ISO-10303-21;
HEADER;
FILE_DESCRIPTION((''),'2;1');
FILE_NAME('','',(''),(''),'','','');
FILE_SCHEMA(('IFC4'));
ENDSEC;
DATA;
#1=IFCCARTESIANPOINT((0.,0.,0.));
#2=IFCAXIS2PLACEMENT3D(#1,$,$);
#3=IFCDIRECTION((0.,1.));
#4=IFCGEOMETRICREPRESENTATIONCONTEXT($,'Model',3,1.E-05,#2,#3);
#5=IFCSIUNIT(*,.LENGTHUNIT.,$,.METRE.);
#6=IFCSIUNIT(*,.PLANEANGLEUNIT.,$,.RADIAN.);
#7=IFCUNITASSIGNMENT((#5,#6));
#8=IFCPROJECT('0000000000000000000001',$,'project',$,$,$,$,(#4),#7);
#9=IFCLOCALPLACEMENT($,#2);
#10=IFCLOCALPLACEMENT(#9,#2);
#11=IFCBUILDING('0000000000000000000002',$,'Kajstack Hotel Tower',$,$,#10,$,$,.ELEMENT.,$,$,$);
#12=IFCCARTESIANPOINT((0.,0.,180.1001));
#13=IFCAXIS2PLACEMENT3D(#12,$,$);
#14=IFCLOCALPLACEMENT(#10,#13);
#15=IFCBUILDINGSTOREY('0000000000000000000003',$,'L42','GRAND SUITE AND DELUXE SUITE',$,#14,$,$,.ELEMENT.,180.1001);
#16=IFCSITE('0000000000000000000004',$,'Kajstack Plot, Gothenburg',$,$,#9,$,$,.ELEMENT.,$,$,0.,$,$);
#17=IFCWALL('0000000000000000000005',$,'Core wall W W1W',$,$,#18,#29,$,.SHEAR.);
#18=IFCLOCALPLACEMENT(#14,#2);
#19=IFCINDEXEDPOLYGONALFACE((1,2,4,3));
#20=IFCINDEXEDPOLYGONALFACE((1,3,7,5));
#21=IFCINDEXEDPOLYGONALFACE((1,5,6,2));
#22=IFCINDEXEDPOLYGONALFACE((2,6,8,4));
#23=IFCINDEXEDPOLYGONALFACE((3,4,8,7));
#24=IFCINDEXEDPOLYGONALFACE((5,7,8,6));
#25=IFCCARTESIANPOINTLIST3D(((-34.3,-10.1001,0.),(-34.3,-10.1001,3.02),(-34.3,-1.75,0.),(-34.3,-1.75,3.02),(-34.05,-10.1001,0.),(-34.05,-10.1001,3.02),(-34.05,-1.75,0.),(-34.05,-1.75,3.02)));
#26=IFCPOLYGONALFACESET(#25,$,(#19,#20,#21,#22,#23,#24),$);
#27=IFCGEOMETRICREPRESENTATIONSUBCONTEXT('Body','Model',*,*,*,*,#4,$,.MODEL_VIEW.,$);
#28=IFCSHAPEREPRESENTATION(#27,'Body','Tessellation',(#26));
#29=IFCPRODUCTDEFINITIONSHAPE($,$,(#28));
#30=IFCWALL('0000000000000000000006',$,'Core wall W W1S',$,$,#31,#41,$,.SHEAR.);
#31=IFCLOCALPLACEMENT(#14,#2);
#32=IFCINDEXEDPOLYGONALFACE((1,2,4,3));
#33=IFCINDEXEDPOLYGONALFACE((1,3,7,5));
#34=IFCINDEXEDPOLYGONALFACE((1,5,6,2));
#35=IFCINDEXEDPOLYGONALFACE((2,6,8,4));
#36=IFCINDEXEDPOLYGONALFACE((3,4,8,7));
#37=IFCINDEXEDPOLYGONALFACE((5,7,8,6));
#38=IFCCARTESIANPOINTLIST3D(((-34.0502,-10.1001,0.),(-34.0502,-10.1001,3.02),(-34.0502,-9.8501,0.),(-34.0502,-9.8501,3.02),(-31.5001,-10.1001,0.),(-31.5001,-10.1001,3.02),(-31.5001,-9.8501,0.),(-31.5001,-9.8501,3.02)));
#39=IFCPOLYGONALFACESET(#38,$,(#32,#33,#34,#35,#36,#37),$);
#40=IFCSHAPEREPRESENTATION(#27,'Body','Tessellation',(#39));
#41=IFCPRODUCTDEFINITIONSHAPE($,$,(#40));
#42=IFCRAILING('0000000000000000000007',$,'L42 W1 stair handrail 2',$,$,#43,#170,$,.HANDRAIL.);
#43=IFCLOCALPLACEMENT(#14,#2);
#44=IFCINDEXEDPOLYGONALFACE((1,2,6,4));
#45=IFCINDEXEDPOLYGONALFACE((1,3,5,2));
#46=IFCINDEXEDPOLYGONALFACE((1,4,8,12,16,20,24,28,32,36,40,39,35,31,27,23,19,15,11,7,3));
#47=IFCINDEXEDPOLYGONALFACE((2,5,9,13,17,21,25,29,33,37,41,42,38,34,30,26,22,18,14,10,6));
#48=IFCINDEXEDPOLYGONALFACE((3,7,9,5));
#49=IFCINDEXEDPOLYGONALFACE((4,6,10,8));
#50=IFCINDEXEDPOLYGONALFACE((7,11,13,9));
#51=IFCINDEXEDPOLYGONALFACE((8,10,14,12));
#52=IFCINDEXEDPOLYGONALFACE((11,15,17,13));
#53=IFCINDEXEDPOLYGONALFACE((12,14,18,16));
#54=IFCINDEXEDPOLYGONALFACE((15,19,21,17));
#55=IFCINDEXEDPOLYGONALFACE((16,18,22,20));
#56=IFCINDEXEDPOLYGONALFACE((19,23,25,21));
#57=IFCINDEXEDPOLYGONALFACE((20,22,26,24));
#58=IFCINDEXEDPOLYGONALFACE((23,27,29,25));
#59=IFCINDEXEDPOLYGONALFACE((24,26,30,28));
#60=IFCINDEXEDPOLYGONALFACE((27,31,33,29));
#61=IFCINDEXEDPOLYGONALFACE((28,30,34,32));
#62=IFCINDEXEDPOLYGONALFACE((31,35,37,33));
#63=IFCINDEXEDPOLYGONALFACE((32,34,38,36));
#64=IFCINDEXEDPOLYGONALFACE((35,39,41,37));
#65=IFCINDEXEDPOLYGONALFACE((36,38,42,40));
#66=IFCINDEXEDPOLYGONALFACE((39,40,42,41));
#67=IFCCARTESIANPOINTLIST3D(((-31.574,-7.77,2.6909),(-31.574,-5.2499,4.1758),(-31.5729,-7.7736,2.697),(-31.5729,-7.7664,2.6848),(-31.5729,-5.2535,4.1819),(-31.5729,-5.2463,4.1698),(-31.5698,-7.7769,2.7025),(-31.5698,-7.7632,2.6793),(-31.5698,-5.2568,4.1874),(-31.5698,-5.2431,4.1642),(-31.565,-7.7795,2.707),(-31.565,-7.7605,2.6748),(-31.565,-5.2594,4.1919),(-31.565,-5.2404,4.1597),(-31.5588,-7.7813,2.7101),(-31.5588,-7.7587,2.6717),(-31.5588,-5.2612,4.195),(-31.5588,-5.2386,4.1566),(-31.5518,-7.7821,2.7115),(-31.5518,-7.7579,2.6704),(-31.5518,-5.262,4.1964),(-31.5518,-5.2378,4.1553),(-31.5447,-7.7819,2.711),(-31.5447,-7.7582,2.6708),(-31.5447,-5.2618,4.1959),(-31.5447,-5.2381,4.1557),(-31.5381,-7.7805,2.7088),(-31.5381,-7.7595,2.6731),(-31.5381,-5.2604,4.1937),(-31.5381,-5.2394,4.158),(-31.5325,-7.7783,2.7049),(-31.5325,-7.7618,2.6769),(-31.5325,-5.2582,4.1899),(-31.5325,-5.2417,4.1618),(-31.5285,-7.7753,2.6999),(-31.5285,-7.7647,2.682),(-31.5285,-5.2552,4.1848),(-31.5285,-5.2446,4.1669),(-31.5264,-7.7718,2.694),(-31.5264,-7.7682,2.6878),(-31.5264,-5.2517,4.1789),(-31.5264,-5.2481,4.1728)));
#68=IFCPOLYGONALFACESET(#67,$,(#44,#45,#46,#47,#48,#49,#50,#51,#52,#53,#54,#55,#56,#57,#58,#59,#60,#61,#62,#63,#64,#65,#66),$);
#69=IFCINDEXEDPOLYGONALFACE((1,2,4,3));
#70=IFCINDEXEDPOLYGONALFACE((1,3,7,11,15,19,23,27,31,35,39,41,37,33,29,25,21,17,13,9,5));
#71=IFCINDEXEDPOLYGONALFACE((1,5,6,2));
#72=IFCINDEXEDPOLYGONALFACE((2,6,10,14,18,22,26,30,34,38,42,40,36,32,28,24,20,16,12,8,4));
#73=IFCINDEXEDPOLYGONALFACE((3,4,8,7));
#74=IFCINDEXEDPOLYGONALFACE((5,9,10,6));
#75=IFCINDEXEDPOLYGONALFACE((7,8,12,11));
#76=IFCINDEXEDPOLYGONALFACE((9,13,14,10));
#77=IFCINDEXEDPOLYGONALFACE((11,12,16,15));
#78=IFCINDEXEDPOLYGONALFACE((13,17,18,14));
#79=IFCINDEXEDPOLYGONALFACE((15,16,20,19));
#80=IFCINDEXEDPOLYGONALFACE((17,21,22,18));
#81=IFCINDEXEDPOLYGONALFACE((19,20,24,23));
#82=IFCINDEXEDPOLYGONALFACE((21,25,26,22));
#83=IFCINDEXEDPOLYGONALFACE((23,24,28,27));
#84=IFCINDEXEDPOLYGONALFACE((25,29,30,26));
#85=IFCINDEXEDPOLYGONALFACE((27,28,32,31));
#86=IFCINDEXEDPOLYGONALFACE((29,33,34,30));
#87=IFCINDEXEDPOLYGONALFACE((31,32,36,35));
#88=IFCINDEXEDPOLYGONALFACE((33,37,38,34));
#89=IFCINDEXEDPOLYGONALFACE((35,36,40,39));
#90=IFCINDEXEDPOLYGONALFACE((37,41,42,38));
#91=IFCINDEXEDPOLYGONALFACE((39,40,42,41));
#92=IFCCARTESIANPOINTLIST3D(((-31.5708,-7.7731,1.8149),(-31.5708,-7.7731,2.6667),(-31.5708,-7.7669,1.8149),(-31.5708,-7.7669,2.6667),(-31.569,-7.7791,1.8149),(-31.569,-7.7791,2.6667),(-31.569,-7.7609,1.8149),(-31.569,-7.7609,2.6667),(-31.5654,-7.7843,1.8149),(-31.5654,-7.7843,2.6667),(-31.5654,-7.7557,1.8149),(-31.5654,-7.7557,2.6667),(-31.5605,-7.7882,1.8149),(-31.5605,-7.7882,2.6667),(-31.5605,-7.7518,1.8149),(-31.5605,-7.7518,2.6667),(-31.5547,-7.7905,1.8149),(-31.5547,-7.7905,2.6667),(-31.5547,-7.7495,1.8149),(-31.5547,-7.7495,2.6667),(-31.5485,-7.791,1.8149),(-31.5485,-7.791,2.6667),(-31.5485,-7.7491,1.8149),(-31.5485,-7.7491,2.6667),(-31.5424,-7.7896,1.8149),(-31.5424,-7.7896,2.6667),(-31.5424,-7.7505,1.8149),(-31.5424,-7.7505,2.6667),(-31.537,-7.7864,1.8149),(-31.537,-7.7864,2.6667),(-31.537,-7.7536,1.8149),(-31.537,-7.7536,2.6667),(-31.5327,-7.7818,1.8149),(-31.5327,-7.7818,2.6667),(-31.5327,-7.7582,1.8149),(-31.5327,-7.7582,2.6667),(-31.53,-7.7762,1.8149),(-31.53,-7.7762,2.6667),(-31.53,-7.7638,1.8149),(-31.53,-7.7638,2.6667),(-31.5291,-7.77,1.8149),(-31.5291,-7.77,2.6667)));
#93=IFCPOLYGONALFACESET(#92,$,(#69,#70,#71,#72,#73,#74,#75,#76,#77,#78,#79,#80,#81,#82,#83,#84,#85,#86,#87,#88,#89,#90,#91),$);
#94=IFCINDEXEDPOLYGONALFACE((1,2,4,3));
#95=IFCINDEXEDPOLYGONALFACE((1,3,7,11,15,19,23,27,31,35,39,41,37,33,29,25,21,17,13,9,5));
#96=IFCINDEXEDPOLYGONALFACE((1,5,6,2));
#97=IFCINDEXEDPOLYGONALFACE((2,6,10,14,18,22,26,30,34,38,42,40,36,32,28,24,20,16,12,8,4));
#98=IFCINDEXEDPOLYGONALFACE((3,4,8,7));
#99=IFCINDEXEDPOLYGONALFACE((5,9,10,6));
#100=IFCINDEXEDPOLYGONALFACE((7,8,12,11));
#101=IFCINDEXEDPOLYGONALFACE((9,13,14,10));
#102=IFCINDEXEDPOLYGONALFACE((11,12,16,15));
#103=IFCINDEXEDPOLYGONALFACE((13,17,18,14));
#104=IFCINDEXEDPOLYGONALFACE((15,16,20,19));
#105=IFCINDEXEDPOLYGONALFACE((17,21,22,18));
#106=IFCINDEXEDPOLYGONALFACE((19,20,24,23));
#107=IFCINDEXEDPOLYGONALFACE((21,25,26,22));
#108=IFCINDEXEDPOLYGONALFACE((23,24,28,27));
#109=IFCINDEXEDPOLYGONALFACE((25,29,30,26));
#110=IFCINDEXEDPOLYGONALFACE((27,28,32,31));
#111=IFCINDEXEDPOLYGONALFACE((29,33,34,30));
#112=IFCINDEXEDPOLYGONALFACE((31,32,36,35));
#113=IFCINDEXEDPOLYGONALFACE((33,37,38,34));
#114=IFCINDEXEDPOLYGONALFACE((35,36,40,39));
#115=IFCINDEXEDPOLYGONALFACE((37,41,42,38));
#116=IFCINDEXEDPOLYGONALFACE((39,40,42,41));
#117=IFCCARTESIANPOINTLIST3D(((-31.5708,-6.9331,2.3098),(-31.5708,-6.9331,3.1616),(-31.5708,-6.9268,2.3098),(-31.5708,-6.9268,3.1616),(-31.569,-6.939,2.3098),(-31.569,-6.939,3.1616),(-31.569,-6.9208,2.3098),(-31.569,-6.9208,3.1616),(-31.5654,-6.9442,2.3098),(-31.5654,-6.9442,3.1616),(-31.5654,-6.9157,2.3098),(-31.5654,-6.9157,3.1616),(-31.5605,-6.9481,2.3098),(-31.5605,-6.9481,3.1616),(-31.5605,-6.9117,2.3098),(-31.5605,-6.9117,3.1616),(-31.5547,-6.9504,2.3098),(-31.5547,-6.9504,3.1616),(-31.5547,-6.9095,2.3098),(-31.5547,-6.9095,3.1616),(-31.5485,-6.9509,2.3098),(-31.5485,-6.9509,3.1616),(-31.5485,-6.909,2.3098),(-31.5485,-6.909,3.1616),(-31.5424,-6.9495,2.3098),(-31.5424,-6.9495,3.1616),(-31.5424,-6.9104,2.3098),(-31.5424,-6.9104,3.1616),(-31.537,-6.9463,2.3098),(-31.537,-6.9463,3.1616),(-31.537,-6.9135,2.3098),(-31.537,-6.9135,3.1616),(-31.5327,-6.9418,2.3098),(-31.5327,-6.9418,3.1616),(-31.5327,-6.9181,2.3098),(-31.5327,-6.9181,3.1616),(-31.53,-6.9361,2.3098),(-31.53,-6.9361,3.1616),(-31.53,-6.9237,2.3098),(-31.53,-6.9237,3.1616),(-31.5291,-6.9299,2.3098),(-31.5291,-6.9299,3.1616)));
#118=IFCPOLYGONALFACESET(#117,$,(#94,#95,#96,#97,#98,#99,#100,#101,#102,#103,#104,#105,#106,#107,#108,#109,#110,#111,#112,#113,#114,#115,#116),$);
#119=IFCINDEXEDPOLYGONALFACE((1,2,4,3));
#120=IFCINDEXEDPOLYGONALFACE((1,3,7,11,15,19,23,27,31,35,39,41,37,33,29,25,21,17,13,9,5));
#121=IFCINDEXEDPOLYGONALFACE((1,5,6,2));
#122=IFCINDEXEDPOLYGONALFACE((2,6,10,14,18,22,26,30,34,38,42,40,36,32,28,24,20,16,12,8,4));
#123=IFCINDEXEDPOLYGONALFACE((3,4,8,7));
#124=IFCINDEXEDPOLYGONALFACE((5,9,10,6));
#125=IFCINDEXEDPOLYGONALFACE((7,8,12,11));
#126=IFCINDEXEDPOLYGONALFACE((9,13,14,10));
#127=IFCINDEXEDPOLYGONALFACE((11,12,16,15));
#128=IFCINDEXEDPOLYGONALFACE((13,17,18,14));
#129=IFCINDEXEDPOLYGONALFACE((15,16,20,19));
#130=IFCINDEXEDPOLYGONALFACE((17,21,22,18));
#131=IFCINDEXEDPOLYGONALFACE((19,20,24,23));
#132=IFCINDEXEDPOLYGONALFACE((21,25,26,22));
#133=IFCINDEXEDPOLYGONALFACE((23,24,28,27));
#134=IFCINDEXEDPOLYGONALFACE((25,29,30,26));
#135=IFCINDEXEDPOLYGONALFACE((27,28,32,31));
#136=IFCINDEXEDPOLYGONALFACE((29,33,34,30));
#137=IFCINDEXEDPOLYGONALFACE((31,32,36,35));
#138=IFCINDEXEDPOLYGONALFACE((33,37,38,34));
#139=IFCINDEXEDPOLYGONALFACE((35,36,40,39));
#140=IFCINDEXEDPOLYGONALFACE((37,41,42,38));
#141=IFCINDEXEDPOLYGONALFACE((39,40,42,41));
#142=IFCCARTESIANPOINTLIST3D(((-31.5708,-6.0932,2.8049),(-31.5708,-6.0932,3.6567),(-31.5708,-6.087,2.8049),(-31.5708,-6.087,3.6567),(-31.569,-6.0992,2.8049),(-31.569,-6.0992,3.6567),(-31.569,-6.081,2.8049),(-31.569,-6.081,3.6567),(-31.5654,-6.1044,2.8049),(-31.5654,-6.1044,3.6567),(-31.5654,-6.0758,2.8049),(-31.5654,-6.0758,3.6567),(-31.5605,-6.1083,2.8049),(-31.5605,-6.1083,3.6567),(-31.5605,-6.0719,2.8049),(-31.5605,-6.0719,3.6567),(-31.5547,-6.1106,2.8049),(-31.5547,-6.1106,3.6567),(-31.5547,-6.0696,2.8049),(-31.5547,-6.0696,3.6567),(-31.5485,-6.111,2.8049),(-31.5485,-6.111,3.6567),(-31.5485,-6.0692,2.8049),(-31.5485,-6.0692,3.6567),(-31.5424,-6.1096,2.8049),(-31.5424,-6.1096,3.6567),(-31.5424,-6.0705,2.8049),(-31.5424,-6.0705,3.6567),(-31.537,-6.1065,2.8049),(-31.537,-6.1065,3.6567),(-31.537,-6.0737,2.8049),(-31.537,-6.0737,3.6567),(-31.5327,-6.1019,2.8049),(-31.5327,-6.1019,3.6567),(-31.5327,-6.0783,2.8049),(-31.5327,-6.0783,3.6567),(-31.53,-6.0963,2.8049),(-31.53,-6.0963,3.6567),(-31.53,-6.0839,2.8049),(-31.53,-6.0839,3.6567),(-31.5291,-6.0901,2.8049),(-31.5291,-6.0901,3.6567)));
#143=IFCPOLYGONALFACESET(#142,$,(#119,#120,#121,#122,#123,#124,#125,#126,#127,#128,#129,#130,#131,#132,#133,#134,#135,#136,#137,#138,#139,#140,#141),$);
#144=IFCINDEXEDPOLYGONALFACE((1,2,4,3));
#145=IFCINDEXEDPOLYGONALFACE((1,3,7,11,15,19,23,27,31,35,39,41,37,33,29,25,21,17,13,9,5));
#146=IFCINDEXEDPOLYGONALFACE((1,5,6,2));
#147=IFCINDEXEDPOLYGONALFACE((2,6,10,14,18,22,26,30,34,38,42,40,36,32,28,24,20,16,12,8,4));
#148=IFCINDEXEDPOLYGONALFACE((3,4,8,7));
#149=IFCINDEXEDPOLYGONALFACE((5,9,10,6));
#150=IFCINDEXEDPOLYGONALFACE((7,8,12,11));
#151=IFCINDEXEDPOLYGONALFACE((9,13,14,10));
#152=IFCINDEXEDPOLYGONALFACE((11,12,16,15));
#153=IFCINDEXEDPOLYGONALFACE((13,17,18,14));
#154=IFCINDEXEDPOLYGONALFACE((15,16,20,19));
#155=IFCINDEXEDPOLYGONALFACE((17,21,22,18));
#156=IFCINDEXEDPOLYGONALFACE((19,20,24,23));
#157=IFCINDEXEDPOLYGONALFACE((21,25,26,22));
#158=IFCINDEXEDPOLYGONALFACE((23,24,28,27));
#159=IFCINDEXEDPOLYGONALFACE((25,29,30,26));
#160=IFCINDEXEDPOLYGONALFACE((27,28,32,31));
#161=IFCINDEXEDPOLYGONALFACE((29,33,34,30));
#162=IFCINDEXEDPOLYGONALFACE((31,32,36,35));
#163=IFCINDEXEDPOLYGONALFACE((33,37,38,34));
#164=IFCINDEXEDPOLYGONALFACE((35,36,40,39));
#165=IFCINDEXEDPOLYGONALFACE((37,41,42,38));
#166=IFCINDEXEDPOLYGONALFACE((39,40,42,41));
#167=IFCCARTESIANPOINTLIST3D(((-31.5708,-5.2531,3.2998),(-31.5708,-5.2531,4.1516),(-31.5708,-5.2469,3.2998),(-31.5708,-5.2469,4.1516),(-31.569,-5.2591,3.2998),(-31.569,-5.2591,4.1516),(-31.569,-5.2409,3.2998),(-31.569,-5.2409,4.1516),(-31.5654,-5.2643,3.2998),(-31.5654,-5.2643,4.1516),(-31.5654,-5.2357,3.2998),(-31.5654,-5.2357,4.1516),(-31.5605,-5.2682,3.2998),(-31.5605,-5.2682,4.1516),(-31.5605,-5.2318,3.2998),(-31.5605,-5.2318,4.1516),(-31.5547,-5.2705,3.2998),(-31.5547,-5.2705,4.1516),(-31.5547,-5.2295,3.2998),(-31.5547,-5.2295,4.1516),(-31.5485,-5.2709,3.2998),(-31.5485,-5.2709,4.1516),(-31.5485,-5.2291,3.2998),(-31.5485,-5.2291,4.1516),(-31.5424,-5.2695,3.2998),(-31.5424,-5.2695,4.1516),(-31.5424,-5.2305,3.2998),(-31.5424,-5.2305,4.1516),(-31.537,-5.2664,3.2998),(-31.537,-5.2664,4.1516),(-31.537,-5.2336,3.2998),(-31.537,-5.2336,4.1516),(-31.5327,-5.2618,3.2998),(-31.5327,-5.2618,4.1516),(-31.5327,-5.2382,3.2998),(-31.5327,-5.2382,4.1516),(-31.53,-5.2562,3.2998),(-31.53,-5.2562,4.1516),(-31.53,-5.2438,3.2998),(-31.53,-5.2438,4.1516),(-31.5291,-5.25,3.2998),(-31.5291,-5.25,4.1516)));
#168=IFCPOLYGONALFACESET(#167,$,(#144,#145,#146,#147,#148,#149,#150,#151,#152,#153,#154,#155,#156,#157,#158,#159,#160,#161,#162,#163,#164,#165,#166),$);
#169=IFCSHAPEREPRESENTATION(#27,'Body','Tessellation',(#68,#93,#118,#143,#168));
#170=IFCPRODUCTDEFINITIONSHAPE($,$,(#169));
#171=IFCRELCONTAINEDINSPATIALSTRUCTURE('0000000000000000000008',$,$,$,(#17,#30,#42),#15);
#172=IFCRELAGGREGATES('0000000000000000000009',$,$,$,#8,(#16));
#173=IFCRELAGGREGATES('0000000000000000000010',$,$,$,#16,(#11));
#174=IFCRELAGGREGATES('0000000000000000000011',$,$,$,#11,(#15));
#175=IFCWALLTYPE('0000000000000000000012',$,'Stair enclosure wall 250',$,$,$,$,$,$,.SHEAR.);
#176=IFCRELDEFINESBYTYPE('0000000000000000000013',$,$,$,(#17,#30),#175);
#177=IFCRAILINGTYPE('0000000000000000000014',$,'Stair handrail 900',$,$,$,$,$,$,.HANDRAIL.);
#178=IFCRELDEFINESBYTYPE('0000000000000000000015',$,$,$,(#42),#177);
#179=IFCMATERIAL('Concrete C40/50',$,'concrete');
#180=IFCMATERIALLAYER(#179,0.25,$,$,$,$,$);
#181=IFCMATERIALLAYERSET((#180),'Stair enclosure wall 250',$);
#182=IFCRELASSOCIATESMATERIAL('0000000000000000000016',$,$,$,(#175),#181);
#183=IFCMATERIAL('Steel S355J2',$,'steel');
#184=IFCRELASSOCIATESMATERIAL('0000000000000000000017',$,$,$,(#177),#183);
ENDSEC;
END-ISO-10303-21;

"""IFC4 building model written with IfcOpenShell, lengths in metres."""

from ifc_helpers import new_model, si_unit, direction, frame, frame_2d, origin, origin_2d, place, context, subcontext, project, spatial, rectangle, circle, extrude, material, layer, layer_set, type_object, element, save


model = new_model("IFC4")

# Units and contexts
model_context = context("Model", 3, precision=1e-05, world=origin(), true_north=direction((0.0, 1.0)))
body_context = subcontext(model_context, "Body", "Model", "MODEL_VIEW")
ifc_project = project(units=[si_unit("LENGTHUNIT", "METRE"), si_unit("PLANEANGLEUNIT", "RADIAN")], contexts=[model_context])

# Site, building, storey
site_placement = place(None, origin())
site = spatial("IfcSite", under=ifc_project, at=site_placement, Name="Kajstack Plot, Gothenburg", CompositionType="ELEMENT", RefElevation=0.0)
building_placement = place(site_placement, origin())
building = spatial("IfcBuilding", under=site, at=building_placement, Name="Kajstack Hotel Tower", CompositionType="ELEMENT")
storey_placement = place(building_placement, frame((0.0, 0.0, 180.1001)))
storey = spatial("IfcBuildingStorey", under=building, at=storey_placement, Name="L42", Description="GRAND SUITE AND DELUXE SUITE", CompositionType="ELEMENT", Elevation=180.1001)

# Walls
ifc_material_1 = material(Name="Concrete C40/50", Category="concrete")
ifc_layer_1 = layer(ifc_material_1, 0.25)
ifc_layer_set_1 = layer_set([ifc_layer_1], Name="Stair enclosure wall 250")
wall_type_1 = type_object("IfcWallType", Name="Stair enclosure wall 250", PredefinedType="SHEAR", material=ifc_layer_set_1)
wall_1_placement = place(storey_placement, frame((-34.175, -10.1001, 0.0), z_axis=(0.0, 0.0, 1.0), x_axis=(0.0, 1.0, 0.0)))
element("IfcWall", 1, at=wall_1_placement, inside=storey, type_object=wall_type_1, Name="Core wall W W1W", PredefinedType="SHEAR", context=body_context, shape_type="SweptSolid", body=[
    extrude(rectangle(XDim=8.3501, YDim=0.25, at=frame_2d((4.175, 0.0))), origin(), (0.0, 0.0, 1.0), 3.02),
])
wall_2_placement = place(storey_placement, frame((-34.05, -9.9751, 0.0), z_axis=(0.0, 0.0, 1.0), x_axis=(1.0, 0.0, 0.0)))
element("IfcWall", 2, at=wall_2_placement, inside=storey, type_object=wall_type_1, Name="Core wall W W1S", PredefinedType="SHEAR", context=body_context, shape_type="SweptSolid", body=[
    extrude(rectangle(XDim=2.55, YDim=0.25, at=frame_2d((1.2749, 0.0))), origin(), (0.0, 0.0, 1.0), 3.02),
])

# Railing
ifc_material_2 = material(Name="Steel S355J2", Category="steel")
railing_type_1 = type_object("IfcRailingType", Name="Stair handrail 900", PredefinedType="HANDRAIL", material=ifc_material_2)
railing_1_placement = place(storey_placement, frame((-31.55, -7.77, 1.8149)))
element("IfcRailing", 3, at=railing_1_placement, inside=storey, type_object=railing_type_1, Name="L42 W1 stair handrail 2", PredefinedType="HANDRAIL", context=body_context, shape_type="SweptSolid", body=[
    extrude(circle(Radius=0.0239, at=origin_2d()), frame((0.0, 0.0, 0.876), z_axis=(0.0, 0.861561, 0.507655), x_axis=(-1.0, 0.0, 0.0)), (0.0, 0.0, 1.0), 2.925),
    extrude(circle(Radius=0.021, at=origin_2d()), origin(), (0.0, 0.0, 1.0), 0.8518),
    extrude(circle(Radius=0.021, at=origin_2d()), frame((0.0, 0.8401, 0.4949)), (0.0, 0.0, 1.0), 0.8518),
    extrude(circle(Radius=0.021, at=origin_2d()), frame((0.0, 1.6799, 0.99)), (0.0, 0.0, 1.0), 0.8518),
    extrude(circle(Radius=0.021, at=origin_2d()), frame((0.0, 2.52, 1.4849)), (0.0, 0.0, 1.0), 0.8518),
])

save(model, "model.ifc")
